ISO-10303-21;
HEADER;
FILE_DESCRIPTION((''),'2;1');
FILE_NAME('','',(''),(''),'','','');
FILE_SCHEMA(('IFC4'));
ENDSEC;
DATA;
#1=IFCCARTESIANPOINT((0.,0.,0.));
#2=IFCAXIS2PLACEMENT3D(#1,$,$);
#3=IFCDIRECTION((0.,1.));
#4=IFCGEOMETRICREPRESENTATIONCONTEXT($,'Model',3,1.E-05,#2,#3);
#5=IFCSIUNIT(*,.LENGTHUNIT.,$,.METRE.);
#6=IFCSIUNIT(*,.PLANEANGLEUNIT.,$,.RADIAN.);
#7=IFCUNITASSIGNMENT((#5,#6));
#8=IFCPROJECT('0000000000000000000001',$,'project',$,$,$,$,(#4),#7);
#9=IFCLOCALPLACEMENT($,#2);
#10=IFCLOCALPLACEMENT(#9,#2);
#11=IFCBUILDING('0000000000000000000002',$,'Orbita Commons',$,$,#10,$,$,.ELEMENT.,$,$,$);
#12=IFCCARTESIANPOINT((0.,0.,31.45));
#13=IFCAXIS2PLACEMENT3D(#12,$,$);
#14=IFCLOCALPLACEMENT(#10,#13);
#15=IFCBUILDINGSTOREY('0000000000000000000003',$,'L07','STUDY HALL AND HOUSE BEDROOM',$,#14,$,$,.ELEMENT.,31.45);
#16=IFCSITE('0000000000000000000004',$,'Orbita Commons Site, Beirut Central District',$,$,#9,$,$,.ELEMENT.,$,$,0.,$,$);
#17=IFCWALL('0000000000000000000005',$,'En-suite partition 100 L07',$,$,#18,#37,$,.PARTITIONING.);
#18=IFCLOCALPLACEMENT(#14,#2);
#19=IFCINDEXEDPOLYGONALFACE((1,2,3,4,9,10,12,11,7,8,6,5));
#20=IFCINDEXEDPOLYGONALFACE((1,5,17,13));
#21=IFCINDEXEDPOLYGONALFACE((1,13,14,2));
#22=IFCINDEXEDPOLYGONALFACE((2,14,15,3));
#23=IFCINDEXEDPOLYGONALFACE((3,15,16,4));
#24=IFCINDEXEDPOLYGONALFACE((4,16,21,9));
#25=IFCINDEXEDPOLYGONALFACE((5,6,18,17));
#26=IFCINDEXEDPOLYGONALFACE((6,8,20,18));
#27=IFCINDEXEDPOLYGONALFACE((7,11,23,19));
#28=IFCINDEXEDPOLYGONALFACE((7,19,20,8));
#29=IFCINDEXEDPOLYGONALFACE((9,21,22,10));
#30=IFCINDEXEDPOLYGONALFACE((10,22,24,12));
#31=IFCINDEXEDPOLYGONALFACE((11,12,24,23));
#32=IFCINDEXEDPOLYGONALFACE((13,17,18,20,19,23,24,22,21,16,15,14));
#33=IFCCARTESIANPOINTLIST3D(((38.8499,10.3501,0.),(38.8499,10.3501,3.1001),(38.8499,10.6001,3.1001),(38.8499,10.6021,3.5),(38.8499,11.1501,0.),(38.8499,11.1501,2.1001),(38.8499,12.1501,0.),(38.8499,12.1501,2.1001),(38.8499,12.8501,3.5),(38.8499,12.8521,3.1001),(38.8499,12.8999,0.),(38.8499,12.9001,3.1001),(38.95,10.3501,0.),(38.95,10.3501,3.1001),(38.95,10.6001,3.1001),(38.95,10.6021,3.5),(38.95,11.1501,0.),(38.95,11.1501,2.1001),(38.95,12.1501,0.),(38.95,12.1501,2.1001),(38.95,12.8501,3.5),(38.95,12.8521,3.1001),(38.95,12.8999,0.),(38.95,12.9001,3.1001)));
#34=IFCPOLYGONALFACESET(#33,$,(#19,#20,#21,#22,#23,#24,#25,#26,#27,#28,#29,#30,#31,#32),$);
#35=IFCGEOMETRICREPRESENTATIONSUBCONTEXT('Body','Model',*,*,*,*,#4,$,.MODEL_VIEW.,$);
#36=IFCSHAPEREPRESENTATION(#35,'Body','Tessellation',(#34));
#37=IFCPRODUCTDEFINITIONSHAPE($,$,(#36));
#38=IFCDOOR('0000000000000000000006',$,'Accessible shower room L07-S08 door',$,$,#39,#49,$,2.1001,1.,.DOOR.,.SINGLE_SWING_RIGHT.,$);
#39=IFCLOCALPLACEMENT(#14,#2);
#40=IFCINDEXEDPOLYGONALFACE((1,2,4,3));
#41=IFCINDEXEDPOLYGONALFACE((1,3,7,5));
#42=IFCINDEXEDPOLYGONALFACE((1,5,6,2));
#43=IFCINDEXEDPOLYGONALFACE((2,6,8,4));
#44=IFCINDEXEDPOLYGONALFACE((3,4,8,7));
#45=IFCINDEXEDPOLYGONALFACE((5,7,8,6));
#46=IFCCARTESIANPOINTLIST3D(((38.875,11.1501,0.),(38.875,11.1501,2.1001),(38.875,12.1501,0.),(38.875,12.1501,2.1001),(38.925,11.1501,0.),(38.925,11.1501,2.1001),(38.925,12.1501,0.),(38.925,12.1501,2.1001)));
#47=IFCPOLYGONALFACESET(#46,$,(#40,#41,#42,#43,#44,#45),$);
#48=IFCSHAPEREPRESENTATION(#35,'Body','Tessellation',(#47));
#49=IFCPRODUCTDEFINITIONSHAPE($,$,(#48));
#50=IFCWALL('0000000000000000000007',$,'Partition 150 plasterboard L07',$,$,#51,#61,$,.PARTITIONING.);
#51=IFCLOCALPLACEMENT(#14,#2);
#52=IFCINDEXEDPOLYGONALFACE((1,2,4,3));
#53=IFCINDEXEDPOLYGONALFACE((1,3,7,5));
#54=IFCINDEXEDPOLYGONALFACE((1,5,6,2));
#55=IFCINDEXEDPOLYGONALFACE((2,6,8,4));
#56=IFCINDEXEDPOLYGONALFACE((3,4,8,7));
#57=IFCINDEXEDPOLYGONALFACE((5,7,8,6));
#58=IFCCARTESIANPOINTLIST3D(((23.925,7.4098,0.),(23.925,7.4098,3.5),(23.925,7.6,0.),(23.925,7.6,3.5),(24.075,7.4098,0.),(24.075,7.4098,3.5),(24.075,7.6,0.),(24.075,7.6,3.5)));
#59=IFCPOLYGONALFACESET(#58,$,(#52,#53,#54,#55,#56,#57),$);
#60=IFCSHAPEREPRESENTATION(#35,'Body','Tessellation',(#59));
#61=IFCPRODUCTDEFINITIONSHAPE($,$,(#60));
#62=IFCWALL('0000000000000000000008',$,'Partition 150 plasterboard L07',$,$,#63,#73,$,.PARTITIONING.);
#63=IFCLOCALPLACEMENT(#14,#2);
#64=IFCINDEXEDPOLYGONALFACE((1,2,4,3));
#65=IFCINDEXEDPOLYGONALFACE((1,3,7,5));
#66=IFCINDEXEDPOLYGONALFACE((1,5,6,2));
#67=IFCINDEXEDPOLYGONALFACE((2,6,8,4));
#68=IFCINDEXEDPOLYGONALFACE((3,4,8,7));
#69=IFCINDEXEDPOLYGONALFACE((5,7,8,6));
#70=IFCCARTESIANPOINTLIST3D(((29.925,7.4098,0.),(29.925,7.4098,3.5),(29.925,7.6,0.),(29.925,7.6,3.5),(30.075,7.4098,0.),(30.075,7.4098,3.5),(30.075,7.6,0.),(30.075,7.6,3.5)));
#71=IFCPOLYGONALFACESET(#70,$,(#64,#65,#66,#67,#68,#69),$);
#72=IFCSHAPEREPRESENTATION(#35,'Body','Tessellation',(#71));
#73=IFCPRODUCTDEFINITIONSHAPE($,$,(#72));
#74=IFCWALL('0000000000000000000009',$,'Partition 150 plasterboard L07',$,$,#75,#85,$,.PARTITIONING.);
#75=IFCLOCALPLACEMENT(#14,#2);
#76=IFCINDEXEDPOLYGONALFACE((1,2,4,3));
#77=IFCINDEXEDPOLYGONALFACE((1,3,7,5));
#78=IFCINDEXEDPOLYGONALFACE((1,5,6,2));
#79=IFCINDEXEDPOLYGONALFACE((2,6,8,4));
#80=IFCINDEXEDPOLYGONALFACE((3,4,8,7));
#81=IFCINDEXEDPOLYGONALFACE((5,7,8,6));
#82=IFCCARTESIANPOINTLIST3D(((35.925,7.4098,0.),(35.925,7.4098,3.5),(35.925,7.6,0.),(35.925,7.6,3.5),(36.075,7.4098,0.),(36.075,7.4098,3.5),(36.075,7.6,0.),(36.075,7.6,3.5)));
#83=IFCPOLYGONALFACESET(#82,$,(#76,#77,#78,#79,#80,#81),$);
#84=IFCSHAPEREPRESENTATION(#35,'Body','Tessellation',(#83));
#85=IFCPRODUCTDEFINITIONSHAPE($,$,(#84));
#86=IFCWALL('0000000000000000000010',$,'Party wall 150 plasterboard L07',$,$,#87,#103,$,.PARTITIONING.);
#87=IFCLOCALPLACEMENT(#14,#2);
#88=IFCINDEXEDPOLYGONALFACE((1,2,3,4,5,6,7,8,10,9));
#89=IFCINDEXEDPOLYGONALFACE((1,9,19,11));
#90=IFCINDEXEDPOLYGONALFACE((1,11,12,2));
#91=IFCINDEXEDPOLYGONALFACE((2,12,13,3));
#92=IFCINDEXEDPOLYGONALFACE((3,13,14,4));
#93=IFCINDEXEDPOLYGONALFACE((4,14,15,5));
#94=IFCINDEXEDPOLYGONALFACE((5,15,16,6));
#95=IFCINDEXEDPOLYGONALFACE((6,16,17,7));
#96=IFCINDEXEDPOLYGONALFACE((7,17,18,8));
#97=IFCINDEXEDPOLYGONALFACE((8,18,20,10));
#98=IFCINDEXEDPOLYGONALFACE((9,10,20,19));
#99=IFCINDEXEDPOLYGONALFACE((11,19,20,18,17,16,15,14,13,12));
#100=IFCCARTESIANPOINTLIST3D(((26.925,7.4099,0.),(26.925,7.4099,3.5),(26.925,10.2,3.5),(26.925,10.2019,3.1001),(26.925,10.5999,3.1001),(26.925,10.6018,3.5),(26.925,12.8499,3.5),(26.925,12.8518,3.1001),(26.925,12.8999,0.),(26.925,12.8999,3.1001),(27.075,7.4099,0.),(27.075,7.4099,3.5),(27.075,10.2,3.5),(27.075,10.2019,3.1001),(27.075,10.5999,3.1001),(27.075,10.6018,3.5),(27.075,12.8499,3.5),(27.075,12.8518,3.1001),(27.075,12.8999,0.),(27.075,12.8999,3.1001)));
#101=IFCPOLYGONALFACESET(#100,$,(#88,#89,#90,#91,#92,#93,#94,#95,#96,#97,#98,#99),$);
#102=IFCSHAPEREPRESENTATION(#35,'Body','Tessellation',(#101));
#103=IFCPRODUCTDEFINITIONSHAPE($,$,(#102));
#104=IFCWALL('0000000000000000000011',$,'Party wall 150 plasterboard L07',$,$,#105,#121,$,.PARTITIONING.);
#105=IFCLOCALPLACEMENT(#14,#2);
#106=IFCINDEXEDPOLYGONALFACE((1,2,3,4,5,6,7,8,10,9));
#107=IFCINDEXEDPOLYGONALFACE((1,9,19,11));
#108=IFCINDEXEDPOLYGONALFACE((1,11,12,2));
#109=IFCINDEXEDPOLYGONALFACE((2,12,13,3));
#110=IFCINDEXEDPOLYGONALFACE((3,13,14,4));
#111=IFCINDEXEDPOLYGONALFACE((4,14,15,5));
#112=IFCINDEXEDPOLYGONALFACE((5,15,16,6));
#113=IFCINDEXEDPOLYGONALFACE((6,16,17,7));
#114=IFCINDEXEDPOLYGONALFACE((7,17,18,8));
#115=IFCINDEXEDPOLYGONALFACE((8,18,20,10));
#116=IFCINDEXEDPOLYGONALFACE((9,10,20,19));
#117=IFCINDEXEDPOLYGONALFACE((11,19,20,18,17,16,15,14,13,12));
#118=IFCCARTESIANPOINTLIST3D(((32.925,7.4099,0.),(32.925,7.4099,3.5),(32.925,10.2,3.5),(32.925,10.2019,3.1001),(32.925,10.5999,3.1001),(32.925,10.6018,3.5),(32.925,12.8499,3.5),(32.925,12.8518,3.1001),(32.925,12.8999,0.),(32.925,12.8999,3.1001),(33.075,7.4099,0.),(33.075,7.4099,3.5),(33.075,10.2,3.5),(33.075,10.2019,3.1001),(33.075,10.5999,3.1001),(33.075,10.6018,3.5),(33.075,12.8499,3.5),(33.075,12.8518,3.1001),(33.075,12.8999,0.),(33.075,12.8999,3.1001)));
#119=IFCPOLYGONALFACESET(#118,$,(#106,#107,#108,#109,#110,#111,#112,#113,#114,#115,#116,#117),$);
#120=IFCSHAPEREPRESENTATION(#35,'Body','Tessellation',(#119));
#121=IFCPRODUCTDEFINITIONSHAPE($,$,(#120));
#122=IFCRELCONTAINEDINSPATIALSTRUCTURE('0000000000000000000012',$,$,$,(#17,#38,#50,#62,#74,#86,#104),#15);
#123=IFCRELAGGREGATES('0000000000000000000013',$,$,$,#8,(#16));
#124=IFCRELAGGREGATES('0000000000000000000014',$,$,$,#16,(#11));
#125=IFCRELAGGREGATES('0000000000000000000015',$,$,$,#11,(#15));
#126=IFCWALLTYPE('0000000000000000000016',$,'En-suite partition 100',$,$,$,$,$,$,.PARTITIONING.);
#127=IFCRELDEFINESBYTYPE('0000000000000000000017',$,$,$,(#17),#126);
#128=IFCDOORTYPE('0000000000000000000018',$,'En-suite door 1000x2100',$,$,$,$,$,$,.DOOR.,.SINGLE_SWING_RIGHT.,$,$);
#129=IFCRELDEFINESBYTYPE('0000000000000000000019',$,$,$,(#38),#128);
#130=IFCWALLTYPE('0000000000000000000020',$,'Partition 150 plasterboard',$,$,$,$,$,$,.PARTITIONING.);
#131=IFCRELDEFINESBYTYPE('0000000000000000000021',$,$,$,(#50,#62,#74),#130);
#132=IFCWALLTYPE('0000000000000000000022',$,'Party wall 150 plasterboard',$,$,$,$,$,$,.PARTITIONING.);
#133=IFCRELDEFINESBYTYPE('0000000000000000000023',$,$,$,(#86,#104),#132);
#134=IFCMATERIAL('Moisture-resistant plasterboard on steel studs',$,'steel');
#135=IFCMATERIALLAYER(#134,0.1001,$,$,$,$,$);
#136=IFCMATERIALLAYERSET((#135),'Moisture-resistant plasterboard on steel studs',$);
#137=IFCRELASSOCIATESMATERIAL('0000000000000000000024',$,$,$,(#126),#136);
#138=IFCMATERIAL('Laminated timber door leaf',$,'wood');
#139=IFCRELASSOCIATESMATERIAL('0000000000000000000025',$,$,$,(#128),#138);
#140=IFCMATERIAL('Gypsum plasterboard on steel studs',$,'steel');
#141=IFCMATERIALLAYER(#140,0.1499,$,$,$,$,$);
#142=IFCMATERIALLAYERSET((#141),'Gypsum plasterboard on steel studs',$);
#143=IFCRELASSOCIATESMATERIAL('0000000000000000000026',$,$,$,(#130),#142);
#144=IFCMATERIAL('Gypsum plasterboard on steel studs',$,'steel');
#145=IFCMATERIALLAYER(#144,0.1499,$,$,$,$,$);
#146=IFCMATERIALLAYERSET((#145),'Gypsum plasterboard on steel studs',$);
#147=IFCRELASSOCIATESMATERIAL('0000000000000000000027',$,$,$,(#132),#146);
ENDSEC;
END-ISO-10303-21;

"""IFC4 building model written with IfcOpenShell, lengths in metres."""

from ifc_helpers import new_model, si_unit, direction, frame, frame_2d, origin, place, context, subcontext, project, spatial, polyline, rectangle, outline, extrude, material, layer, layer_set, type_object, element, fill, save


model = new_model("IFC4")

# Units and contexts
model_context = context("Model", 3, precision=1e-05, world=origin(), true_north=direction((0.0, 1.0)))
body_context = subcontext(model_context, "Body", "Model", "MODEL_VIEW")
ifc_project = project(units=[si_unit("LENGTHUNIT", "METRE"), si_unit("PLANEANGLEUNIT", "RADIAN")], contexts=[model_context])

# Site, building, storey
site_placement = place(None, origin())
site = spatial("IfcSite", under=ifc_project, at=site_placement, Name="Orbita Commons Site, Beirut Central District", CompositionType="ELEMENT", RefElevation=0.0)
building_placement = place(site_placement, origin())
building = spatial("IfcBuilding", under=site, at=building_placement, Name="Orbita Commons", CompositionType="ELEMENT")
storey_placement = place(building_placement, frame((0.0, 0.0, 31.45)))
storey = spatial("IfcBuildingStorey", under=building, at=storey_placement, Name="L07", Description="STUDY HALL AND HOUSE BEDROOM", CompositionType="ELEMENT", Elevation=31.45)

# Shared definitions
ifc_material_1 = material(Name="Moisture-resistant plasterboard on steel studs", Category="steel")
ifc_layer_1 = layer(ifc_material_1, 0.1001)
ifc_layer_set_1 = layer_set([ifc_layer_1], Name="Moisture-resistant plasterboard on steel studs")
wall_type_1 = type_object("IfcWallType", Name="En-suite partition 100", PredefinedType="PARTITIONING", material=ifc_layer_set_1)

# Wall, opening, door
wall_1_placement = place(storey_placement, frame((38.8999, 10.3501, 0.0), z_axis=(0.0, 0.0, 1.0), x_axis=(0.0, 1.0, 0.0)))
wall_1 = element("IfcWall", 1, at=wall_1_placement, inside=storey, type_object=wall_type_1, Name="En-suite partition 100 L07", PredefinedType="PARTITIONING", context=body_context, shape_type="SweptSolid", body=[
    extrude(outline(polyline([(0.0, 0.0), (2.5498, 0.0), (2.55, 3.1001), (2.502, 3.1001), (2.5, 3.5), (0.252, 3.5), (0.25, 3.1001), (0.0, 3.1001), (0.0, 0.0)])), frame((0.0, 0.05, 0.0), z_axis=(0.0, -1.0, 0.0), x_axis=(1.0, 0.0, 0.0)), (0.0, 0.0, 1.0), 0.1001),
])
opening_placement = place(wall_1_placement, frame((0.8, 0.0, 0.0)))
opening = element("IfcOpeningElement", 2, at=opening_placement, cuts=wall_1, PredefinedType="OPENING", context=body_context, shape_type="SweptSolid", body=[
    extrude(rectangle(XDim=1.0, YDim=2.1001, at=frame_2d((0.5, 1.05))), frame((0.0, 0.0601, 0.0), z_axis=(0.0, -1.0, 0.0), x_axis=(1.0, 0.0, 0.0)), (0.0, 0.0, 1.0), 0.1201),
])
ifc_material_2 = material(Name="Laminated timber door leaf", Category="wood")
door_type = type_object("IfcDoorType", Name="En-suite door 1000x2100", OperationType="SINGLE_SWING_RIGHT", PredefinedType="DOOR", material=ifc_material_2)
door_placement = place(opening_placement, origin())
door = element("IfcDoor", 3, at=door_placement, inside=storey, type_object=door_type, Name="Accessible shower room L07-S08 door", OperationType="SINGLE_SWING_RIGHT", OverallHeight=2.1001, OverallWidth=1.0, PredefinedType="DOOR", context=body_context, shape_type="SweptSolid", body=[
    extrude(rectangle(XDim=1.0, YDim=2.1001, at=frame_2d((0.5, 1.05))), frame((0.0, 0.0249, 0.0), z_axis=(0.0, -1.0, 0.0), x_axis=(1.0, 0.0, 0.0)), (0.0, 0.0, 1.0), 0.05),
])
fill(opening, door)

# Walls
ifc_material_3 = material(Name="Gypsum plasterboard on steel studs", Category="steel")
ifc_layer_2 = layer(ifc_material_3, 0.1499)
ifc_layer_set_2 = layer_set([ifc_layer_2], Name="Gypsum plasterboard on steel studs")
wall_type_2 = type_object("IfcWallType", Name="Partition 150 plasterboard", PredefinedType="PARTITIONING", material=ifc_layer_set_2)
for number, where, z_axis, x_axis, name in (
    (4, (24.0, 7.6001, 0.0), (0.0, 0.0, 1.0), (0.0, -1.0, 0.0), "Partition 150 plasterboard L07"),
    (5, (30.0, 7.6001, 0.0), (0.0, 0.0, 1.0), (0.0, -1.0, 0.0), "Partition 150 plasterboard L07"),
    (6, (36.0, 7.6001, 0.0), (0.0, 0.0, 1.0), (0.0, -1.0, 0.0), "Partition 150 plasterboard L07"),
):
    element("IfcWall", number, at=place(storey_placement, frame(where, z_axis=z_axis, x_axis=x_axis)), inside=storey, type_object=wall_type_2, Name=name, PredefinedType="PARTITIONING", context=body_context, shape_type="SweptSolid", body=[
        extrude(rectangle(XDim=0.1902, YDim=0.1499, at=frame_2d((0.0952, 0.0))), origin(), (0.0, 0.0, 1.0), 3.5),
    ])
ifc_material_4 = material(Name="Gypsum plasterboard on steel studs", Category="steel")
ifc_layer_3 = layer(ifc_material_4, 0.1499)
ifc_layer_set_3 = layer_set([ifc_layer_3], Name="Gypsum plasterboard on steel studs")
wall_type_3 = type_object("IfcWallType", Name="Party wall 150 plasterboard", PredefinedType="PARTITIONING", material=ifc_layer_set_3)
for number, where, z_axis, x_axis, name in (
    (7, (27.0, 7.4099, 0.0), (0.0, 0.0, 1.0), (0.0, 1.0, 0.0), "Party wall 150 plasterboard L07"),
    (8, (33.0, 7.4099, 0.0), (0.0, 0.0, 1.0), (0.0, 1.0, 0.0), "Party wall 150 plasterboard L07"),
):
    element("IfcWall", number, at=place(storey_placement, frame(where, z_axis=z_axis, x_axis=x_axis)), inside=storey, type_object=wall_type_3, Name=name, PredefinedType="PARTITIONING", context=body_context, shape_type="SweptSolid", body=[
        extrude(outline(polyline([(0.0, 0.0), (5.49, 0.0), (5.49, 3.1001), (5.4419, 3.1001), (5.4399, 3.5), (3.1919, 3.5), (3.1899, 3.1001), (2.792, 3.1001), (2.79, 3.5), (0.0, 3.5), (0.0, 0.0)])), frame((0.0, 0.075, 0.0), z_axis=(0.0, -1.0, 0.0), x_axis=(1.0, 0.0, 0.0)), (0.0, 0.0, 1.0), 0.1499),
    ])

save(model, "model.ifc")
